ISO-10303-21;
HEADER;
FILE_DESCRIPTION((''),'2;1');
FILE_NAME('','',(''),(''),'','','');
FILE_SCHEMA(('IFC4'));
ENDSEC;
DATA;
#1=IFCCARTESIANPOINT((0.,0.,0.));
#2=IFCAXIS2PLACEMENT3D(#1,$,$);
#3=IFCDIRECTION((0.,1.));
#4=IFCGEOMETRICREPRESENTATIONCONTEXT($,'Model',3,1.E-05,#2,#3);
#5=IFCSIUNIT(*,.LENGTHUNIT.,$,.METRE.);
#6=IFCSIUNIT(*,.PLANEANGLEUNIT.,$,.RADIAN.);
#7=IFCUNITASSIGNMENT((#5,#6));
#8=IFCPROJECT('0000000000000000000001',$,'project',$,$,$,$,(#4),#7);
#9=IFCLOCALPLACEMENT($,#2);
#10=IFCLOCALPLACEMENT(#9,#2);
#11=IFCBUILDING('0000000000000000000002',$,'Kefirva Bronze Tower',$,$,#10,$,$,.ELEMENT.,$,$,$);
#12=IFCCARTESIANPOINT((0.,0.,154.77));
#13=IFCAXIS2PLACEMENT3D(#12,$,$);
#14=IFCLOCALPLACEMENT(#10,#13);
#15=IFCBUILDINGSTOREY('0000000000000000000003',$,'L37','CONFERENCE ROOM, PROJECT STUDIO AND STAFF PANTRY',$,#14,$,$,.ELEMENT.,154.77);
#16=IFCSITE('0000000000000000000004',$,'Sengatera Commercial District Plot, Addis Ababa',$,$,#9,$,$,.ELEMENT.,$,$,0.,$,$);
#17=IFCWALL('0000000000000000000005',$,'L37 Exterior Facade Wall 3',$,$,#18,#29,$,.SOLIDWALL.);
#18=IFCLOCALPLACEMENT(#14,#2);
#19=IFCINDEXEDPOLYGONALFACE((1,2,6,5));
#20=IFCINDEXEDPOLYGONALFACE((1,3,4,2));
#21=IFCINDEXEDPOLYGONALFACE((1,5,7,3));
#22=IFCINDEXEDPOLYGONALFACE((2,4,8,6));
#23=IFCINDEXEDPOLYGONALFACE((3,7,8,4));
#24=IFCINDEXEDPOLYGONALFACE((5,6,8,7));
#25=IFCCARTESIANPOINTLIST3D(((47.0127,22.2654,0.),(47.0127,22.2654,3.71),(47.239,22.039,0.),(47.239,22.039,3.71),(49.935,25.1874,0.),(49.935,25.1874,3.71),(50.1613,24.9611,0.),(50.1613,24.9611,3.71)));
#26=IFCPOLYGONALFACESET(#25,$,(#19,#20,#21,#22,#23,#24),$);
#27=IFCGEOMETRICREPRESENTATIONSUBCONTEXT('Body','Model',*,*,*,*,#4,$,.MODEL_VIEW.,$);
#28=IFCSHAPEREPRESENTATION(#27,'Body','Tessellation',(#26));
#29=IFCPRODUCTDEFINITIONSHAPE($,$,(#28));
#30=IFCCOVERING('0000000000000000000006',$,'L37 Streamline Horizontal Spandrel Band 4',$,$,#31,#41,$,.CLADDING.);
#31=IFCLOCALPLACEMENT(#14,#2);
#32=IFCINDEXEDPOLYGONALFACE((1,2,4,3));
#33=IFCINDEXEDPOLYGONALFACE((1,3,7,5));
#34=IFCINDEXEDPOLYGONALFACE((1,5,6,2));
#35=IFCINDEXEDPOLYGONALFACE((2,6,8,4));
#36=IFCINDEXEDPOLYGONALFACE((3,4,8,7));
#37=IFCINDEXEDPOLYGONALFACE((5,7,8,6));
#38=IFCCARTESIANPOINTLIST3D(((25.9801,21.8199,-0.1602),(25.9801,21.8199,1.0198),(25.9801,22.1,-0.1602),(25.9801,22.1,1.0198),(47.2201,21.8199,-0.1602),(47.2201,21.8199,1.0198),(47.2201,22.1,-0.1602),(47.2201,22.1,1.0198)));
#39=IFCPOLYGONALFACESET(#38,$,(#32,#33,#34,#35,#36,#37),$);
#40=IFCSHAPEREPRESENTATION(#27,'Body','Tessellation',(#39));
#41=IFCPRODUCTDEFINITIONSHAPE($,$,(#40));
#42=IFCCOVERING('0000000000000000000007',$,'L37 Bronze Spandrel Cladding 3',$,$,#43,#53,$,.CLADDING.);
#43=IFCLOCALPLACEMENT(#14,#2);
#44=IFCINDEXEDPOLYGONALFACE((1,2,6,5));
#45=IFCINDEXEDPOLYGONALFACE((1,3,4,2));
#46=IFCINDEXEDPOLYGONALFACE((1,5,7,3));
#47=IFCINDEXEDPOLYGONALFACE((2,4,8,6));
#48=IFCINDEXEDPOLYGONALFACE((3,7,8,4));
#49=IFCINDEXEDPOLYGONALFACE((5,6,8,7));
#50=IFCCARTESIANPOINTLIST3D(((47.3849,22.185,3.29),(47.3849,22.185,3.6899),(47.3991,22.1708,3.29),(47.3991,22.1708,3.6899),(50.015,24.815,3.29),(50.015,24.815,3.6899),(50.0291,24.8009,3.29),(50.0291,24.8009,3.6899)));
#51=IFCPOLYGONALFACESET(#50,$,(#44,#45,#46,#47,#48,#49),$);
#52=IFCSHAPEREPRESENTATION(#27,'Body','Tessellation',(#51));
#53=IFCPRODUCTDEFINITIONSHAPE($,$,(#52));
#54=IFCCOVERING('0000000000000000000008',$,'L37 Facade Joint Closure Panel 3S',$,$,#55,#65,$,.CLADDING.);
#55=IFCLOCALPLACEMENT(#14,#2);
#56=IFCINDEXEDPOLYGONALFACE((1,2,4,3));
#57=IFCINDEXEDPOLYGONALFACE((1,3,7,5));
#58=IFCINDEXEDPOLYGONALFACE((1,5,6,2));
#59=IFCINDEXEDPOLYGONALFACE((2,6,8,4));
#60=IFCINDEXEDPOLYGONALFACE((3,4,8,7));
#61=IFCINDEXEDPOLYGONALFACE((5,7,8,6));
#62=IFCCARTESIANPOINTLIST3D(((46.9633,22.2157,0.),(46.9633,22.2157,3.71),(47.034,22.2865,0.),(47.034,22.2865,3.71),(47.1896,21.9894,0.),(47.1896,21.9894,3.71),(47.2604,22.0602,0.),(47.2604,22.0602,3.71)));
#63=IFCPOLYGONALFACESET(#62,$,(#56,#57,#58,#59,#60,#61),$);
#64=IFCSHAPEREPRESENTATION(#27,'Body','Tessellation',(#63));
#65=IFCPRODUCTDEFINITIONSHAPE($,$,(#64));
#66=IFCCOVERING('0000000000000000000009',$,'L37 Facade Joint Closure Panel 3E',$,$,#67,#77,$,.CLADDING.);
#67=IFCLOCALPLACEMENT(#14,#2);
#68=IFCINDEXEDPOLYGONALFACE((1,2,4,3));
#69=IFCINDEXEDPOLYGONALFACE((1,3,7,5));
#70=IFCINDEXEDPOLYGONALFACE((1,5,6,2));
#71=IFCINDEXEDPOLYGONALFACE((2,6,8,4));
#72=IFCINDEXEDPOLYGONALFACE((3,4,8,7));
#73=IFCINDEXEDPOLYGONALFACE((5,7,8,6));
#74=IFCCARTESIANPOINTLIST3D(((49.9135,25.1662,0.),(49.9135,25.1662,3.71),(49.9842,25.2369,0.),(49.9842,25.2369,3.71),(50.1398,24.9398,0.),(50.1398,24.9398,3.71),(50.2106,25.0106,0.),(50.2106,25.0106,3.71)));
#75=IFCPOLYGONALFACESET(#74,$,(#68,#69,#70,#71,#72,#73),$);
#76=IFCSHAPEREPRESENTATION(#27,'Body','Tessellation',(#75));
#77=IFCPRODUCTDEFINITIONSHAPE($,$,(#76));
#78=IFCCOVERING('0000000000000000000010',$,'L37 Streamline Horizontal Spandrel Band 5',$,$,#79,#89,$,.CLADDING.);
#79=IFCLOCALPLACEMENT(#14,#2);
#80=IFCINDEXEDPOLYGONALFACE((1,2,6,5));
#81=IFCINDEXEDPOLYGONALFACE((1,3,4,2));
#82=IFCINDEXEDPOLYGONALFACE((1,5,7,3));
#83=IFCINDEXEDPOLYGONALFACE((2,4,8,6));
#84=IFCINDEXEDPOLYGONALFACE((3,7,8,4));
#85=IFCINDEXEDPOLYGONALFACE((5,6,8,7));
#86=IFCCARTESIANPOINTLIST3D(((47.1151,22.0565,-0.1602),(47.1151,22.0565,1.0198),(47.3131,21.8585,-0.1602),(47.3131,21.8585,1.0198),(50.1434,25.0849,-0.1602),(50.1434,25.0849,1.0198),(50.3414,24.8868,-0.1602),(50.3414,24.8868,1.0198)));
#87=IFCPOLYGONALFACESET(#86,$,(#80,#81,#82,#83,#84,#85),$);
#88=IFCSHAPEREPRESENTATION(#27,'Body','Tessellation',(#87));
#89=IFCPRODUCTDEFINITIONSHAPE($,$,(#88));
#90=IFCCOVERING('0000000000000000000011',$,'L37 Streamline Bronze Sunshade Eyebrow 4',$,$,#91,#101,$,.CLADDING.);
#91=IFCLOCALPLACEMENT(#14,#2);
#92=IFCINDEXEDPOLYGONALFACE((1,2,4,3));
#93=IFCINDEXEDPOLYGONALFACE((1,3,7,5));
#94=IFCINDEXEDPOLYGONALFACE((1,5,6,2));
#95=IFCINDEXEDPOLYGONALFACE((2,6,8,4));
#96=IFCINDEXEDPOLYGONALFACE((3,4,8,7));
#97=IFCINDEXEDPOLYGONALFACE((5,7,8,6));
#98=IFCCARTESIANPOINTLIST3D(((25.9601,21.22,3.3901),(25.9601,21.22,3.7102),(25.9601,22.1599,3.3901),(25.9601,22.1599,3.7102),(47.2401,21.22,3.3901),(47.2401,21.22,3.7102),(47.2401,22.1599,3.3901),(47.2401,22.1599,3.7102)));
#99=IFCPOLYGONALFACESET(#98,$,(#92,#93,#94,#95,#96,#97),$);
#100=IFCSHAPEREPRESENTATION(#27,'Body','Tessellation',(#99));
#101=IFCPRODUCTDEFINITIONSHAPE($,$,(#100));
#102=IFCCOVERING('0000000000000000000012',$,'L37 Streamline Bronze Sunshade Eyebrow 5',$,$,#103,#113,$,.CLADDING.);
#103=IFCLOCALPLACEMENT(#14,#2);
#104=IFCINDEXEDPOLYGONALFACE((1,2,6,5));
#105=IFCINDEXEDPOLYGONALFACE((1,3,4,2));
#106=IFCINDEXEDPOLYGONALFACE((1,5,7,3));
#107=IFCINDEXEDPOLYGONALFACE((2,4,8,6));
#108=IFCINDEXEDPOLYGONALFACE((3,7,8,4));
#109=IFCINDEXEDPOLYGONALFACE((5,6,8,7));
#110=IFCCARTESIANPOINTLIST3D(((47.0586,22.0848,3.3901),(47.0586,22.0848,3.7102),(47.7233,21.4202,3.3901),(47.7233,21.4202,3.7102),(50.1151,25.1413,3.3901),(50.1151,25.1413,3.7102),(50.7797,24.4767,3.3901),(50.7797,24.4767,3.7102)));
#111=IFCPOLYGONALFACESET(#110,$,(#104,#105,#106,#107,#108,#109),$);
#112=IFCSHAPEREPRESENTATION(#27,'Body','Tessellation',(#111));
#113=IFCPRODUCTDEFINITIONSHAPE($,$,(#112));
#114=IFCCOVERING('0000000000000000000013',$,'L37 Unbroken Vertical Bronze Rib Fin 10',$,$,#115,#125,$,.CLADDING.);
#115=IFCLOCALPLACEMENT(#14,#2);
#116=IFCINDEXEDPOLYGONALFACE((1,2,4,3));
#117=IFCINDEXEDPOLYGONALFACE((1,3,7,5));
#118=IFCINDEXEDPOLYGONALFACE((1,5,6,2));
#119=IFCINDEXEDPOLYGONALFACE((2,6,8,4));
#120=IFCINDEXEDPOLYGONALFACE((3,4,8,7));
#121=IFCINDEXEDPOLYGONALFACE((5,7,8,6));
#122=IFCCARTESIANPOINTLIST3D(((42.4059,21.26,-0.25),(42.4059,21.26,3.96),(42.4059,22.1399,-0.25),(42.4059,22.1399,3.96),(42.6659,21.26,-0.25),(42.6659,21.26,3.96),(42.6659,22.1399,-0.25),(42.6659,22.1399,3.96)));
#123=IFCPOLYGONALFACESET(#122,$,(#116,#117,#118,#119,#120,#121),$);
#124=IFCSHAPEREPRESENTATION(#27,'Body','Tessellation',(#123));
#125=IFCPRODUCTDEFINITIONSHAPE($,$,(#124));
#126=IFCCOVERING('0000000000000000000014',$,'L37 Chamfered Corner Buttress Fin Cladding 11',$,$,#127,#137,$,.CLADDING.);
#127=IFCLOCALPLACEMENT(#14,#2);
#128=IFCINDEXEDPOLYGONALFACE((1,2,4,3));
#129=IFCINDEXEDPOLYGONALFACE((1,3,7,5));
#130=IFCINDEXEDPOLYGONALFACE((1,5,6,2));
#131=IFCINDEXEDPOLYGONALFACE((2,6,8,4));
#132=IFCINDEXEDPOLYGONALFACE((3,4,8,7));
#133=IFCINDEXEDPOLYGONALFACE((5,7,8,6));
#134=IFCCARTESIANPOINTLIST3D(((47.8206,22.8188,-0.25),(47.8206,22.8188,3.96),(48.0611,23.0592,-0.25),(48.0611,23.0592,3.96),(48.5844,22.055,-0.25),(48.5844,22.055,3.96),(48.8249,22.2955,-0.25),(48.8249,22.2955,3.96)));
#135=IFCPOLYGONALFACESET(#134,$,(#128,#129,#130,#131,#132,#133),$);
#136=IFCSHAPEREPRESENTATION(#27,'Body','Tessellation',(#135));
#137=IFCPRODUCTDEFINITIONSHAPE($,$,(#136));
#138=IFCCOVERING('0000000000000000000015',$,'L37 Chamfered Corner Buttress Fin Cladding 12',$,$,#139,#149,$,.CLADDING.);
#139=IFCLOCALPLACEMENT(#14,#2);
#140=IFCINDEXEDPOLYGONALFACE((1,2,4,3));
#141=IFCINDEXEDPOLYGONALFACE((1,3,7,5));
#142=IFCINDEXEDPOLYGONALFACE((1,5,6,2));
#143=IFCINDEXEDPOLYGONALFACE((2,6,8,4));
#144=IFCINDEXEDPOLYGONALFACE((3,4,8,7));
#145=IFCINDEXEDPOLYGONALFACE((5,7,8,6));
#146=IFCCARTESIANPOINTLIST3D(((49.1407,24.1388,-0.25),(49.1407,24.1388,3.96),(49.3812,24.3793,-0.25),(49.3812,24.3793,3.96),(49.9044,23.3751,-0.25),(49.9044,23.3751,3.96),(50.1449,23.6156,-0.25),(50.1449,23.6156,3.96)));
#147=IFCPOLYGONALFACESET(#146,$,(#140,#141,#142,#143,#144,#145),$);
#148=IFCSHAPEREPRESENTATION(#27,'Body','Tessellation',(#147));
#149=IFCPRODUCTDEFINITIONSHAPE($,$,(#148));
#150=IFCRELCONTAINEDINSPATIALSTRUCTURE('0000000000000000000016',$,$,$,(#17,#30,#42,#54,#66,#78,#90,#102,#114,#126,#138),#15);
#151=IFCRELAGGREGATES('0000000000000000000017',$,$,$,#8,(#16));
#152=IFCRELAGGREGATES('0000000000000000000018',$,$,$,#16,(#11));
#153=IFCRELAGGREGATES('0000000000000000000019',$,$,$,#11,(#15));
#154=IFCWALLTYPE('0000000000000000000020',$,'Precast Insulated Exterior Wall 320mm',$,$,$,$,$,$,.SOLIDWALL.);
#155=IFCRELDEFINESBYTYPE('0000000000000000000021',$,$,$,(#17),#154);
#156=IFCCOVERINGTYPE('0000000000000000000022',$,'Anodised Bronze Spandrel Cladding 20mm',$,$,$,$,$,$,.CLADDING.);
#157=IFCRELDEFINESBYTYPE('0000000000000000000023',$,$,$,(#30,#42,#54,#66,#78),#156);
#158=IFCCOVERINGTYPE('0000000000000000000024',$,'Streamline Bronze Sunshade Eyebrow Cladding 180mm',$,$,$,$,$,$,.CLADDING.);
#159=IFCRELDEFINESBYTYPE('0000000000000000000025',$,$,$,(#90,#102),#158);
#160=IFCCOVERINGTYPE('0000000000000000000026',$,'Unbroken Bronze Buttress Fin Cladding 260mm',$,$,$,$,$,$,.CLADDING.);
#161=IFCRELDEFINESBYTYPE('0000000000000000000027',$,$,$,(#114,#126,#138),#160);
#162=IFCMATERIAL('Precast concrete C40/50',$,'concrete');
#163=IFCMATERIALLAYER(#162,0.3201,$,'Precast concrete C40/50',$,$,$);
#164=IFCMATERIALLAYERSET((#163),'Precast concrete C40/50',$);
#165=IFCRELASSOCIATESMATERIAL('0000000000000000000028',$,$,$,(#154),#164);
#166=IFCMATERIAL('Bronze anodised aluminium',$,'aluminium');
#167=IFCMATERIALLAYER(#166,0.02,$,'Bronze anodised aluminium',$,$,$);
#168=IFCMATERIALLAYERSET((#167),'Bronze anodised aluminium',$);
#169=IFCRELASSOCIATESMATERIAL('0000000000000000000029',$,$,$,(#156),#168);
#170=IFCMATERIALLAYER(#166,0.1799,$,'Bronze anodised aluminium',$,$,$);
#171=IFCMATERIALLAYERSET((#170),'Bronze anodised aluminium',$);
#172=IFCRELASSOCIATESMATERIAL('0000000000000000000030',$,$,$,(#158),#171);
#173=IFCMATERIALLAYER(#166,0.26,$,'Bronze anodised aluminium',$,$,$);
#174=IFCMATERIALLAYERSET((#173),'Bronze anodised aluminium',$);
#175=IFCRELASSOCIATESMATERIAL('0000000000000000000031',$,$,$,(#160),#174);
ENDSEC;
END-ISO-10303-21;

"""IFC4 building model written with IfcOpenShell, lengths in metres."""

from ifc_helpers import new_model, si_unit, direction, frame, frame_2d, origin, origin_2d, place, context, subcontext, project, spatial, rectangle, extrude, material, layer, layer_set, type_object, element, save


model = new_model("IFC4")

# Units and contexts
model_context = context("Model", 3, precision=1e-05, world=origin(), true_north=direction((0.0, 1.0)))
body_context = subcontext(model_context, "Body", "Model", "MODEL_VIEW")
ifc_project = project(units=[si_unit("LENGTHUNIT", "METRE"), si_unit("PLANEANGLEUNIT", "RADIAN")], contexts=[model_context])

# Site, building, storey
site_placement = place(None, origin())
site = spatial("IfcSite", under=ifc_project, at=site_placement, Name="Sengatera Commercial District Plot, Addis Ababa", CompositionType="ELEMENT", RefElevation=0.0)
building_placement = place(site_placement, origin())
building = spatial("IfcBuilding", under=site, at=building_placement, Name="Kefirva Bronze Tower", CompositionType="ELEMENT")
storey_placement = place(building_placement, frame((0.0, 0.0, 154.77)))
storey = spatial("IfcBuildingStorey", under=building, at=storey_placement, Name="L37", Description="CONFERENCE ROOM, PROJECT STUDIO AND STAFF PANTRY", CompositionType="ELEMENT", Elevation=154.77)

# Shared definitions
ifc_material_1 = material(Name="Bronze anodised aluminium", Category="aluminium")

# Wall
ifc_material_2 = material(Name="Precast concrete C40/50", Category="concrete")
ifc_layer_1 = layer(ifc_material_2, 0.3201, Name="Precast concrete C40/50")
ifc_layer_set_1 = layer_set([ifc_layer_1], Name="Precast concrete C40/50")
wall_type_1 = type_object("IfcWallType", Name="Precast Insulated Exterior Wall 320mm", PredefinedType="SOLIDWALL", material=ifc_layer_set_1)
wall_placement = place(storey_placement, frame((47.1257, 22.1521, 0.0), z_axis=(0.0, 0.0, 1.0), x_axis=(0.707136, 0.707077, 0.0)))
element("IfcWall", 1, at=wall_placement, inside=storey, type_object=wall_type_1, Name="L37 Exterior Facade Wall 3", PredefinedType="SOLIDWALL", context=body_context, shape_type="SweptSolid", body=[
    extrude(rectangle(XDim=4.1326, YDim=0.3201, at=frame_2d((2.0664, 0.0))), origin(), (0.0, 0.0, 1.0), 3.71),
])

# Coverings
ifc_layer_2 = layer(ifc_material_1, 0.02, Name="Bronze anodised aluminium")
ifc_layer_set_2 = layer_set([ifc_layer_2], Name="Bronze anodised aluminium")
covering_type_1 = type_object("IfcCoveringType", Name="Anodised Bronze Spandrel Cladding 20mm", PredefinedType="CLADDING", material=ifc_layer_set_2)
covering_1_placement = place(storey_placement, frame((36.6001, 21.96, -0.1602), z_axis=(0.0, 0.0, 1.0), x_axis=(1.0, 0.0, 0.0)))
element("IfcCovering", 2, at=covering_1_placement, inside=storey, type_object=covering_type_1, Name="L37 Streamline Horizontal Spandrel Band 4", PredefinedType="CLADDING", context=body_context, shape_type="SweptSolid", body=[
    extrude(rectangle(XDim=21.24, YDim=0.28, at=origin_2d()), origin(), (0.0, 0.0, 1.0), 1.1799),
])
covering_2_placement = place(storey_placement, frame((48.707, 23.4929, 3.29), z_axis=(0.0, 0.0, 1.0), x_axis=(0.707107, 0.707107, 0.0)))
element("IfcCovering", 3, at=covering_2_placement, inside=storey, type_object=covering_type_1, Name="L37 Bronze Spandrel Cladding 3", PredefinedType="CLADDING", context=body_context, shape_type="SweptSolid", body=[
    extrude(rectangle(XDim=3.7195, YDim=0.02, at=origin_2d()), origin(), (0.0, 0.0, 1.0), 0.3999),
])
for number, where, z_axis, x_axis, name in (
    (4, (47.1118, 22.1379, 0.0), (0.0, 0.0, 1.0), (0.707107, 0.707107, 0.0), "L37 Facade Joint Closure Panel 3S"),
    (5, (50.062, 25.0884, 0.0), (0.0, 0.0, 1.0), (0.707107, 0.707107, 0.0), "L37 Facade Joint Closure Panel 3E"),
):
    element("IfcCovering", number, at=place(storey_placement, frame(where, z_axis=z_axis, x_axis=x_axis)), inside=storey, type_object=covering_type_1, Name=name, PredefinedType="CLADDING", context=body_context, shape_type="SweptSolid", body=[
        extrude(rectangle(XDim=0.1001, YDim=0.3201, at=origin_2d()), origin(), (0.0, 0.0, 1.0), 3.71),
    ])
covering_3_placement = place(storey_placement, frame((48.7283, 23.4717, -0.1602), z_axis=(0.0, 0.0, 1.0), x_axis=(0.707107, 0.707107, 0.0)))
element("IfcCovering", 6, at=covering_3_placement, inside=storey, type_object=covering_type_1, Name="L37 Streamline Horizontal Spandrel Band 5", PredefinedType="CLADDING", context=body_context, shape_type="SweptSolid", body=[
    extrude(rectangle(XDim=4.2827, YDim=0.28, at=origin_2d()), origin(), (0.0, 0.0, 1.0), 1.1799),
])
ifc_layer_3 = layer(ifc_material_1, 0.1799, Name="Bronze anodised aluminium")
ifc_layer_set_3 = layer_set([ifc_layer_3], Name="Bronze anodised aluminium")
covering_type_2 = type_object("IfcCoveringType", Name="Streamline Bronze Sunshade Eyebrow Cladding 180mm", PredefinedType="CLADDING", material=ifc_layer_set_3)
covering_4_placement = place(storey_placement, frame((36.6001, 21.6899, 3.3901), z_axis=(0.0, 0.0, 1.0), x_axis=(1.0, 0.0, 0.0)))
element("IfcCovering", 7, at=covering_4_placement, inside=storey, type_object=covering_type_2, Name="L37 Streamline Bronze Sunshade Eyebrow 4", PredefinedType="CLADDING", context=body_context, shape_type="SweptSolid", body=[
    extrude(rectangle(XDim=21.28, YDim=0.9399, at=origin_2d()), origin(), (0.0, 0.0, 1.0), 0.3201),
])
covering_5_placement = place(storey_placement, frame((48.9192, 23.2808, 3.3901), z_axis=(0.0, 0.0, 1.0), x_axis=(0.707107, 0.707107, 0.0)))
element("IfcCovering", 8, at=covering_5_placement, inside=storey, type_object=covering_type_2, Name="L37 Streamline Bronze Sunshade Eyebrow 5", PredefinedType="CLADDING", context=body_context, shape_type="SweptSolid", body=[
    extrude(rectangle(XDim=4.3225, YDim=0.9399, at=origin_2d()), origin(), (0.0, 0.0, 1.0), 0.3201),
])
ifc_layer_4 = layer(ifc_material_1, 0.26, Name="Bronze anodised aluminium")
ifc_layer_set_4 = layer_set([ifc_layer_4], Name="Bronze anodised aluminium")
covering_type_3 = type_object("IfcCoveringType", Name="Unbroken Bronze Buttress Fin Cladding 260mm", PredefinedType="CLADDING", material=ifc_layer_set_4)
covering_6_placement = place(storey_placement, frame((42.5359, 21.7, -0.25), z_axis=(0.0, 0.0, 1.0), x_axis=(1.0, 0.0, 0.0)))
element("IfcCovering", 9, at=covering_6_placement, inside=storey, type_object=covering_type_3, Name="L37 Unbroken Vertical Bronze Rib Fin 10", PredefinedType="CLADDING", context=body_context, shape_type="SweptSolid", body=[
    extrude(rectangle(XDim=0.26, YDim=0.8799, at=origin_2d()), origin(), (0.0, 0.0, 1.0), 4.21),
])
for number, where, z_axis, x_axis, name in (
    (10, (48.3228, 22.5571, -0.25), (0.0, 0.0, 1.0), (0.707107, 0.707107, 0.0), "L37 Chamfered Corner Buttress Fin Cladding 11"),
    (11, (49.6428, 23.8772, -0.25), (0.0, 0.0, 1.0), (0.707107, 0.707107, 0.0), "L37 Chamfered Corner Buttress Fin Cladding 12"),
):
    element("IfcCovering", number, at=place(storey_placement, frame(where, z_axis=z_axis, x_axis=x_axis)), inside=storey, type_object=covering_type_3, Name=name, PredefinedType="CLADDING", context=body_context, shape_type="SweptSolid", body=[
        extrude(rectangle(XDim=0.3401, YDim=1.0801, at=origin_2d()), origin(), (0.0, 0.0, 1.0), 4.21),
    ])

save(model, "model.ifc")
